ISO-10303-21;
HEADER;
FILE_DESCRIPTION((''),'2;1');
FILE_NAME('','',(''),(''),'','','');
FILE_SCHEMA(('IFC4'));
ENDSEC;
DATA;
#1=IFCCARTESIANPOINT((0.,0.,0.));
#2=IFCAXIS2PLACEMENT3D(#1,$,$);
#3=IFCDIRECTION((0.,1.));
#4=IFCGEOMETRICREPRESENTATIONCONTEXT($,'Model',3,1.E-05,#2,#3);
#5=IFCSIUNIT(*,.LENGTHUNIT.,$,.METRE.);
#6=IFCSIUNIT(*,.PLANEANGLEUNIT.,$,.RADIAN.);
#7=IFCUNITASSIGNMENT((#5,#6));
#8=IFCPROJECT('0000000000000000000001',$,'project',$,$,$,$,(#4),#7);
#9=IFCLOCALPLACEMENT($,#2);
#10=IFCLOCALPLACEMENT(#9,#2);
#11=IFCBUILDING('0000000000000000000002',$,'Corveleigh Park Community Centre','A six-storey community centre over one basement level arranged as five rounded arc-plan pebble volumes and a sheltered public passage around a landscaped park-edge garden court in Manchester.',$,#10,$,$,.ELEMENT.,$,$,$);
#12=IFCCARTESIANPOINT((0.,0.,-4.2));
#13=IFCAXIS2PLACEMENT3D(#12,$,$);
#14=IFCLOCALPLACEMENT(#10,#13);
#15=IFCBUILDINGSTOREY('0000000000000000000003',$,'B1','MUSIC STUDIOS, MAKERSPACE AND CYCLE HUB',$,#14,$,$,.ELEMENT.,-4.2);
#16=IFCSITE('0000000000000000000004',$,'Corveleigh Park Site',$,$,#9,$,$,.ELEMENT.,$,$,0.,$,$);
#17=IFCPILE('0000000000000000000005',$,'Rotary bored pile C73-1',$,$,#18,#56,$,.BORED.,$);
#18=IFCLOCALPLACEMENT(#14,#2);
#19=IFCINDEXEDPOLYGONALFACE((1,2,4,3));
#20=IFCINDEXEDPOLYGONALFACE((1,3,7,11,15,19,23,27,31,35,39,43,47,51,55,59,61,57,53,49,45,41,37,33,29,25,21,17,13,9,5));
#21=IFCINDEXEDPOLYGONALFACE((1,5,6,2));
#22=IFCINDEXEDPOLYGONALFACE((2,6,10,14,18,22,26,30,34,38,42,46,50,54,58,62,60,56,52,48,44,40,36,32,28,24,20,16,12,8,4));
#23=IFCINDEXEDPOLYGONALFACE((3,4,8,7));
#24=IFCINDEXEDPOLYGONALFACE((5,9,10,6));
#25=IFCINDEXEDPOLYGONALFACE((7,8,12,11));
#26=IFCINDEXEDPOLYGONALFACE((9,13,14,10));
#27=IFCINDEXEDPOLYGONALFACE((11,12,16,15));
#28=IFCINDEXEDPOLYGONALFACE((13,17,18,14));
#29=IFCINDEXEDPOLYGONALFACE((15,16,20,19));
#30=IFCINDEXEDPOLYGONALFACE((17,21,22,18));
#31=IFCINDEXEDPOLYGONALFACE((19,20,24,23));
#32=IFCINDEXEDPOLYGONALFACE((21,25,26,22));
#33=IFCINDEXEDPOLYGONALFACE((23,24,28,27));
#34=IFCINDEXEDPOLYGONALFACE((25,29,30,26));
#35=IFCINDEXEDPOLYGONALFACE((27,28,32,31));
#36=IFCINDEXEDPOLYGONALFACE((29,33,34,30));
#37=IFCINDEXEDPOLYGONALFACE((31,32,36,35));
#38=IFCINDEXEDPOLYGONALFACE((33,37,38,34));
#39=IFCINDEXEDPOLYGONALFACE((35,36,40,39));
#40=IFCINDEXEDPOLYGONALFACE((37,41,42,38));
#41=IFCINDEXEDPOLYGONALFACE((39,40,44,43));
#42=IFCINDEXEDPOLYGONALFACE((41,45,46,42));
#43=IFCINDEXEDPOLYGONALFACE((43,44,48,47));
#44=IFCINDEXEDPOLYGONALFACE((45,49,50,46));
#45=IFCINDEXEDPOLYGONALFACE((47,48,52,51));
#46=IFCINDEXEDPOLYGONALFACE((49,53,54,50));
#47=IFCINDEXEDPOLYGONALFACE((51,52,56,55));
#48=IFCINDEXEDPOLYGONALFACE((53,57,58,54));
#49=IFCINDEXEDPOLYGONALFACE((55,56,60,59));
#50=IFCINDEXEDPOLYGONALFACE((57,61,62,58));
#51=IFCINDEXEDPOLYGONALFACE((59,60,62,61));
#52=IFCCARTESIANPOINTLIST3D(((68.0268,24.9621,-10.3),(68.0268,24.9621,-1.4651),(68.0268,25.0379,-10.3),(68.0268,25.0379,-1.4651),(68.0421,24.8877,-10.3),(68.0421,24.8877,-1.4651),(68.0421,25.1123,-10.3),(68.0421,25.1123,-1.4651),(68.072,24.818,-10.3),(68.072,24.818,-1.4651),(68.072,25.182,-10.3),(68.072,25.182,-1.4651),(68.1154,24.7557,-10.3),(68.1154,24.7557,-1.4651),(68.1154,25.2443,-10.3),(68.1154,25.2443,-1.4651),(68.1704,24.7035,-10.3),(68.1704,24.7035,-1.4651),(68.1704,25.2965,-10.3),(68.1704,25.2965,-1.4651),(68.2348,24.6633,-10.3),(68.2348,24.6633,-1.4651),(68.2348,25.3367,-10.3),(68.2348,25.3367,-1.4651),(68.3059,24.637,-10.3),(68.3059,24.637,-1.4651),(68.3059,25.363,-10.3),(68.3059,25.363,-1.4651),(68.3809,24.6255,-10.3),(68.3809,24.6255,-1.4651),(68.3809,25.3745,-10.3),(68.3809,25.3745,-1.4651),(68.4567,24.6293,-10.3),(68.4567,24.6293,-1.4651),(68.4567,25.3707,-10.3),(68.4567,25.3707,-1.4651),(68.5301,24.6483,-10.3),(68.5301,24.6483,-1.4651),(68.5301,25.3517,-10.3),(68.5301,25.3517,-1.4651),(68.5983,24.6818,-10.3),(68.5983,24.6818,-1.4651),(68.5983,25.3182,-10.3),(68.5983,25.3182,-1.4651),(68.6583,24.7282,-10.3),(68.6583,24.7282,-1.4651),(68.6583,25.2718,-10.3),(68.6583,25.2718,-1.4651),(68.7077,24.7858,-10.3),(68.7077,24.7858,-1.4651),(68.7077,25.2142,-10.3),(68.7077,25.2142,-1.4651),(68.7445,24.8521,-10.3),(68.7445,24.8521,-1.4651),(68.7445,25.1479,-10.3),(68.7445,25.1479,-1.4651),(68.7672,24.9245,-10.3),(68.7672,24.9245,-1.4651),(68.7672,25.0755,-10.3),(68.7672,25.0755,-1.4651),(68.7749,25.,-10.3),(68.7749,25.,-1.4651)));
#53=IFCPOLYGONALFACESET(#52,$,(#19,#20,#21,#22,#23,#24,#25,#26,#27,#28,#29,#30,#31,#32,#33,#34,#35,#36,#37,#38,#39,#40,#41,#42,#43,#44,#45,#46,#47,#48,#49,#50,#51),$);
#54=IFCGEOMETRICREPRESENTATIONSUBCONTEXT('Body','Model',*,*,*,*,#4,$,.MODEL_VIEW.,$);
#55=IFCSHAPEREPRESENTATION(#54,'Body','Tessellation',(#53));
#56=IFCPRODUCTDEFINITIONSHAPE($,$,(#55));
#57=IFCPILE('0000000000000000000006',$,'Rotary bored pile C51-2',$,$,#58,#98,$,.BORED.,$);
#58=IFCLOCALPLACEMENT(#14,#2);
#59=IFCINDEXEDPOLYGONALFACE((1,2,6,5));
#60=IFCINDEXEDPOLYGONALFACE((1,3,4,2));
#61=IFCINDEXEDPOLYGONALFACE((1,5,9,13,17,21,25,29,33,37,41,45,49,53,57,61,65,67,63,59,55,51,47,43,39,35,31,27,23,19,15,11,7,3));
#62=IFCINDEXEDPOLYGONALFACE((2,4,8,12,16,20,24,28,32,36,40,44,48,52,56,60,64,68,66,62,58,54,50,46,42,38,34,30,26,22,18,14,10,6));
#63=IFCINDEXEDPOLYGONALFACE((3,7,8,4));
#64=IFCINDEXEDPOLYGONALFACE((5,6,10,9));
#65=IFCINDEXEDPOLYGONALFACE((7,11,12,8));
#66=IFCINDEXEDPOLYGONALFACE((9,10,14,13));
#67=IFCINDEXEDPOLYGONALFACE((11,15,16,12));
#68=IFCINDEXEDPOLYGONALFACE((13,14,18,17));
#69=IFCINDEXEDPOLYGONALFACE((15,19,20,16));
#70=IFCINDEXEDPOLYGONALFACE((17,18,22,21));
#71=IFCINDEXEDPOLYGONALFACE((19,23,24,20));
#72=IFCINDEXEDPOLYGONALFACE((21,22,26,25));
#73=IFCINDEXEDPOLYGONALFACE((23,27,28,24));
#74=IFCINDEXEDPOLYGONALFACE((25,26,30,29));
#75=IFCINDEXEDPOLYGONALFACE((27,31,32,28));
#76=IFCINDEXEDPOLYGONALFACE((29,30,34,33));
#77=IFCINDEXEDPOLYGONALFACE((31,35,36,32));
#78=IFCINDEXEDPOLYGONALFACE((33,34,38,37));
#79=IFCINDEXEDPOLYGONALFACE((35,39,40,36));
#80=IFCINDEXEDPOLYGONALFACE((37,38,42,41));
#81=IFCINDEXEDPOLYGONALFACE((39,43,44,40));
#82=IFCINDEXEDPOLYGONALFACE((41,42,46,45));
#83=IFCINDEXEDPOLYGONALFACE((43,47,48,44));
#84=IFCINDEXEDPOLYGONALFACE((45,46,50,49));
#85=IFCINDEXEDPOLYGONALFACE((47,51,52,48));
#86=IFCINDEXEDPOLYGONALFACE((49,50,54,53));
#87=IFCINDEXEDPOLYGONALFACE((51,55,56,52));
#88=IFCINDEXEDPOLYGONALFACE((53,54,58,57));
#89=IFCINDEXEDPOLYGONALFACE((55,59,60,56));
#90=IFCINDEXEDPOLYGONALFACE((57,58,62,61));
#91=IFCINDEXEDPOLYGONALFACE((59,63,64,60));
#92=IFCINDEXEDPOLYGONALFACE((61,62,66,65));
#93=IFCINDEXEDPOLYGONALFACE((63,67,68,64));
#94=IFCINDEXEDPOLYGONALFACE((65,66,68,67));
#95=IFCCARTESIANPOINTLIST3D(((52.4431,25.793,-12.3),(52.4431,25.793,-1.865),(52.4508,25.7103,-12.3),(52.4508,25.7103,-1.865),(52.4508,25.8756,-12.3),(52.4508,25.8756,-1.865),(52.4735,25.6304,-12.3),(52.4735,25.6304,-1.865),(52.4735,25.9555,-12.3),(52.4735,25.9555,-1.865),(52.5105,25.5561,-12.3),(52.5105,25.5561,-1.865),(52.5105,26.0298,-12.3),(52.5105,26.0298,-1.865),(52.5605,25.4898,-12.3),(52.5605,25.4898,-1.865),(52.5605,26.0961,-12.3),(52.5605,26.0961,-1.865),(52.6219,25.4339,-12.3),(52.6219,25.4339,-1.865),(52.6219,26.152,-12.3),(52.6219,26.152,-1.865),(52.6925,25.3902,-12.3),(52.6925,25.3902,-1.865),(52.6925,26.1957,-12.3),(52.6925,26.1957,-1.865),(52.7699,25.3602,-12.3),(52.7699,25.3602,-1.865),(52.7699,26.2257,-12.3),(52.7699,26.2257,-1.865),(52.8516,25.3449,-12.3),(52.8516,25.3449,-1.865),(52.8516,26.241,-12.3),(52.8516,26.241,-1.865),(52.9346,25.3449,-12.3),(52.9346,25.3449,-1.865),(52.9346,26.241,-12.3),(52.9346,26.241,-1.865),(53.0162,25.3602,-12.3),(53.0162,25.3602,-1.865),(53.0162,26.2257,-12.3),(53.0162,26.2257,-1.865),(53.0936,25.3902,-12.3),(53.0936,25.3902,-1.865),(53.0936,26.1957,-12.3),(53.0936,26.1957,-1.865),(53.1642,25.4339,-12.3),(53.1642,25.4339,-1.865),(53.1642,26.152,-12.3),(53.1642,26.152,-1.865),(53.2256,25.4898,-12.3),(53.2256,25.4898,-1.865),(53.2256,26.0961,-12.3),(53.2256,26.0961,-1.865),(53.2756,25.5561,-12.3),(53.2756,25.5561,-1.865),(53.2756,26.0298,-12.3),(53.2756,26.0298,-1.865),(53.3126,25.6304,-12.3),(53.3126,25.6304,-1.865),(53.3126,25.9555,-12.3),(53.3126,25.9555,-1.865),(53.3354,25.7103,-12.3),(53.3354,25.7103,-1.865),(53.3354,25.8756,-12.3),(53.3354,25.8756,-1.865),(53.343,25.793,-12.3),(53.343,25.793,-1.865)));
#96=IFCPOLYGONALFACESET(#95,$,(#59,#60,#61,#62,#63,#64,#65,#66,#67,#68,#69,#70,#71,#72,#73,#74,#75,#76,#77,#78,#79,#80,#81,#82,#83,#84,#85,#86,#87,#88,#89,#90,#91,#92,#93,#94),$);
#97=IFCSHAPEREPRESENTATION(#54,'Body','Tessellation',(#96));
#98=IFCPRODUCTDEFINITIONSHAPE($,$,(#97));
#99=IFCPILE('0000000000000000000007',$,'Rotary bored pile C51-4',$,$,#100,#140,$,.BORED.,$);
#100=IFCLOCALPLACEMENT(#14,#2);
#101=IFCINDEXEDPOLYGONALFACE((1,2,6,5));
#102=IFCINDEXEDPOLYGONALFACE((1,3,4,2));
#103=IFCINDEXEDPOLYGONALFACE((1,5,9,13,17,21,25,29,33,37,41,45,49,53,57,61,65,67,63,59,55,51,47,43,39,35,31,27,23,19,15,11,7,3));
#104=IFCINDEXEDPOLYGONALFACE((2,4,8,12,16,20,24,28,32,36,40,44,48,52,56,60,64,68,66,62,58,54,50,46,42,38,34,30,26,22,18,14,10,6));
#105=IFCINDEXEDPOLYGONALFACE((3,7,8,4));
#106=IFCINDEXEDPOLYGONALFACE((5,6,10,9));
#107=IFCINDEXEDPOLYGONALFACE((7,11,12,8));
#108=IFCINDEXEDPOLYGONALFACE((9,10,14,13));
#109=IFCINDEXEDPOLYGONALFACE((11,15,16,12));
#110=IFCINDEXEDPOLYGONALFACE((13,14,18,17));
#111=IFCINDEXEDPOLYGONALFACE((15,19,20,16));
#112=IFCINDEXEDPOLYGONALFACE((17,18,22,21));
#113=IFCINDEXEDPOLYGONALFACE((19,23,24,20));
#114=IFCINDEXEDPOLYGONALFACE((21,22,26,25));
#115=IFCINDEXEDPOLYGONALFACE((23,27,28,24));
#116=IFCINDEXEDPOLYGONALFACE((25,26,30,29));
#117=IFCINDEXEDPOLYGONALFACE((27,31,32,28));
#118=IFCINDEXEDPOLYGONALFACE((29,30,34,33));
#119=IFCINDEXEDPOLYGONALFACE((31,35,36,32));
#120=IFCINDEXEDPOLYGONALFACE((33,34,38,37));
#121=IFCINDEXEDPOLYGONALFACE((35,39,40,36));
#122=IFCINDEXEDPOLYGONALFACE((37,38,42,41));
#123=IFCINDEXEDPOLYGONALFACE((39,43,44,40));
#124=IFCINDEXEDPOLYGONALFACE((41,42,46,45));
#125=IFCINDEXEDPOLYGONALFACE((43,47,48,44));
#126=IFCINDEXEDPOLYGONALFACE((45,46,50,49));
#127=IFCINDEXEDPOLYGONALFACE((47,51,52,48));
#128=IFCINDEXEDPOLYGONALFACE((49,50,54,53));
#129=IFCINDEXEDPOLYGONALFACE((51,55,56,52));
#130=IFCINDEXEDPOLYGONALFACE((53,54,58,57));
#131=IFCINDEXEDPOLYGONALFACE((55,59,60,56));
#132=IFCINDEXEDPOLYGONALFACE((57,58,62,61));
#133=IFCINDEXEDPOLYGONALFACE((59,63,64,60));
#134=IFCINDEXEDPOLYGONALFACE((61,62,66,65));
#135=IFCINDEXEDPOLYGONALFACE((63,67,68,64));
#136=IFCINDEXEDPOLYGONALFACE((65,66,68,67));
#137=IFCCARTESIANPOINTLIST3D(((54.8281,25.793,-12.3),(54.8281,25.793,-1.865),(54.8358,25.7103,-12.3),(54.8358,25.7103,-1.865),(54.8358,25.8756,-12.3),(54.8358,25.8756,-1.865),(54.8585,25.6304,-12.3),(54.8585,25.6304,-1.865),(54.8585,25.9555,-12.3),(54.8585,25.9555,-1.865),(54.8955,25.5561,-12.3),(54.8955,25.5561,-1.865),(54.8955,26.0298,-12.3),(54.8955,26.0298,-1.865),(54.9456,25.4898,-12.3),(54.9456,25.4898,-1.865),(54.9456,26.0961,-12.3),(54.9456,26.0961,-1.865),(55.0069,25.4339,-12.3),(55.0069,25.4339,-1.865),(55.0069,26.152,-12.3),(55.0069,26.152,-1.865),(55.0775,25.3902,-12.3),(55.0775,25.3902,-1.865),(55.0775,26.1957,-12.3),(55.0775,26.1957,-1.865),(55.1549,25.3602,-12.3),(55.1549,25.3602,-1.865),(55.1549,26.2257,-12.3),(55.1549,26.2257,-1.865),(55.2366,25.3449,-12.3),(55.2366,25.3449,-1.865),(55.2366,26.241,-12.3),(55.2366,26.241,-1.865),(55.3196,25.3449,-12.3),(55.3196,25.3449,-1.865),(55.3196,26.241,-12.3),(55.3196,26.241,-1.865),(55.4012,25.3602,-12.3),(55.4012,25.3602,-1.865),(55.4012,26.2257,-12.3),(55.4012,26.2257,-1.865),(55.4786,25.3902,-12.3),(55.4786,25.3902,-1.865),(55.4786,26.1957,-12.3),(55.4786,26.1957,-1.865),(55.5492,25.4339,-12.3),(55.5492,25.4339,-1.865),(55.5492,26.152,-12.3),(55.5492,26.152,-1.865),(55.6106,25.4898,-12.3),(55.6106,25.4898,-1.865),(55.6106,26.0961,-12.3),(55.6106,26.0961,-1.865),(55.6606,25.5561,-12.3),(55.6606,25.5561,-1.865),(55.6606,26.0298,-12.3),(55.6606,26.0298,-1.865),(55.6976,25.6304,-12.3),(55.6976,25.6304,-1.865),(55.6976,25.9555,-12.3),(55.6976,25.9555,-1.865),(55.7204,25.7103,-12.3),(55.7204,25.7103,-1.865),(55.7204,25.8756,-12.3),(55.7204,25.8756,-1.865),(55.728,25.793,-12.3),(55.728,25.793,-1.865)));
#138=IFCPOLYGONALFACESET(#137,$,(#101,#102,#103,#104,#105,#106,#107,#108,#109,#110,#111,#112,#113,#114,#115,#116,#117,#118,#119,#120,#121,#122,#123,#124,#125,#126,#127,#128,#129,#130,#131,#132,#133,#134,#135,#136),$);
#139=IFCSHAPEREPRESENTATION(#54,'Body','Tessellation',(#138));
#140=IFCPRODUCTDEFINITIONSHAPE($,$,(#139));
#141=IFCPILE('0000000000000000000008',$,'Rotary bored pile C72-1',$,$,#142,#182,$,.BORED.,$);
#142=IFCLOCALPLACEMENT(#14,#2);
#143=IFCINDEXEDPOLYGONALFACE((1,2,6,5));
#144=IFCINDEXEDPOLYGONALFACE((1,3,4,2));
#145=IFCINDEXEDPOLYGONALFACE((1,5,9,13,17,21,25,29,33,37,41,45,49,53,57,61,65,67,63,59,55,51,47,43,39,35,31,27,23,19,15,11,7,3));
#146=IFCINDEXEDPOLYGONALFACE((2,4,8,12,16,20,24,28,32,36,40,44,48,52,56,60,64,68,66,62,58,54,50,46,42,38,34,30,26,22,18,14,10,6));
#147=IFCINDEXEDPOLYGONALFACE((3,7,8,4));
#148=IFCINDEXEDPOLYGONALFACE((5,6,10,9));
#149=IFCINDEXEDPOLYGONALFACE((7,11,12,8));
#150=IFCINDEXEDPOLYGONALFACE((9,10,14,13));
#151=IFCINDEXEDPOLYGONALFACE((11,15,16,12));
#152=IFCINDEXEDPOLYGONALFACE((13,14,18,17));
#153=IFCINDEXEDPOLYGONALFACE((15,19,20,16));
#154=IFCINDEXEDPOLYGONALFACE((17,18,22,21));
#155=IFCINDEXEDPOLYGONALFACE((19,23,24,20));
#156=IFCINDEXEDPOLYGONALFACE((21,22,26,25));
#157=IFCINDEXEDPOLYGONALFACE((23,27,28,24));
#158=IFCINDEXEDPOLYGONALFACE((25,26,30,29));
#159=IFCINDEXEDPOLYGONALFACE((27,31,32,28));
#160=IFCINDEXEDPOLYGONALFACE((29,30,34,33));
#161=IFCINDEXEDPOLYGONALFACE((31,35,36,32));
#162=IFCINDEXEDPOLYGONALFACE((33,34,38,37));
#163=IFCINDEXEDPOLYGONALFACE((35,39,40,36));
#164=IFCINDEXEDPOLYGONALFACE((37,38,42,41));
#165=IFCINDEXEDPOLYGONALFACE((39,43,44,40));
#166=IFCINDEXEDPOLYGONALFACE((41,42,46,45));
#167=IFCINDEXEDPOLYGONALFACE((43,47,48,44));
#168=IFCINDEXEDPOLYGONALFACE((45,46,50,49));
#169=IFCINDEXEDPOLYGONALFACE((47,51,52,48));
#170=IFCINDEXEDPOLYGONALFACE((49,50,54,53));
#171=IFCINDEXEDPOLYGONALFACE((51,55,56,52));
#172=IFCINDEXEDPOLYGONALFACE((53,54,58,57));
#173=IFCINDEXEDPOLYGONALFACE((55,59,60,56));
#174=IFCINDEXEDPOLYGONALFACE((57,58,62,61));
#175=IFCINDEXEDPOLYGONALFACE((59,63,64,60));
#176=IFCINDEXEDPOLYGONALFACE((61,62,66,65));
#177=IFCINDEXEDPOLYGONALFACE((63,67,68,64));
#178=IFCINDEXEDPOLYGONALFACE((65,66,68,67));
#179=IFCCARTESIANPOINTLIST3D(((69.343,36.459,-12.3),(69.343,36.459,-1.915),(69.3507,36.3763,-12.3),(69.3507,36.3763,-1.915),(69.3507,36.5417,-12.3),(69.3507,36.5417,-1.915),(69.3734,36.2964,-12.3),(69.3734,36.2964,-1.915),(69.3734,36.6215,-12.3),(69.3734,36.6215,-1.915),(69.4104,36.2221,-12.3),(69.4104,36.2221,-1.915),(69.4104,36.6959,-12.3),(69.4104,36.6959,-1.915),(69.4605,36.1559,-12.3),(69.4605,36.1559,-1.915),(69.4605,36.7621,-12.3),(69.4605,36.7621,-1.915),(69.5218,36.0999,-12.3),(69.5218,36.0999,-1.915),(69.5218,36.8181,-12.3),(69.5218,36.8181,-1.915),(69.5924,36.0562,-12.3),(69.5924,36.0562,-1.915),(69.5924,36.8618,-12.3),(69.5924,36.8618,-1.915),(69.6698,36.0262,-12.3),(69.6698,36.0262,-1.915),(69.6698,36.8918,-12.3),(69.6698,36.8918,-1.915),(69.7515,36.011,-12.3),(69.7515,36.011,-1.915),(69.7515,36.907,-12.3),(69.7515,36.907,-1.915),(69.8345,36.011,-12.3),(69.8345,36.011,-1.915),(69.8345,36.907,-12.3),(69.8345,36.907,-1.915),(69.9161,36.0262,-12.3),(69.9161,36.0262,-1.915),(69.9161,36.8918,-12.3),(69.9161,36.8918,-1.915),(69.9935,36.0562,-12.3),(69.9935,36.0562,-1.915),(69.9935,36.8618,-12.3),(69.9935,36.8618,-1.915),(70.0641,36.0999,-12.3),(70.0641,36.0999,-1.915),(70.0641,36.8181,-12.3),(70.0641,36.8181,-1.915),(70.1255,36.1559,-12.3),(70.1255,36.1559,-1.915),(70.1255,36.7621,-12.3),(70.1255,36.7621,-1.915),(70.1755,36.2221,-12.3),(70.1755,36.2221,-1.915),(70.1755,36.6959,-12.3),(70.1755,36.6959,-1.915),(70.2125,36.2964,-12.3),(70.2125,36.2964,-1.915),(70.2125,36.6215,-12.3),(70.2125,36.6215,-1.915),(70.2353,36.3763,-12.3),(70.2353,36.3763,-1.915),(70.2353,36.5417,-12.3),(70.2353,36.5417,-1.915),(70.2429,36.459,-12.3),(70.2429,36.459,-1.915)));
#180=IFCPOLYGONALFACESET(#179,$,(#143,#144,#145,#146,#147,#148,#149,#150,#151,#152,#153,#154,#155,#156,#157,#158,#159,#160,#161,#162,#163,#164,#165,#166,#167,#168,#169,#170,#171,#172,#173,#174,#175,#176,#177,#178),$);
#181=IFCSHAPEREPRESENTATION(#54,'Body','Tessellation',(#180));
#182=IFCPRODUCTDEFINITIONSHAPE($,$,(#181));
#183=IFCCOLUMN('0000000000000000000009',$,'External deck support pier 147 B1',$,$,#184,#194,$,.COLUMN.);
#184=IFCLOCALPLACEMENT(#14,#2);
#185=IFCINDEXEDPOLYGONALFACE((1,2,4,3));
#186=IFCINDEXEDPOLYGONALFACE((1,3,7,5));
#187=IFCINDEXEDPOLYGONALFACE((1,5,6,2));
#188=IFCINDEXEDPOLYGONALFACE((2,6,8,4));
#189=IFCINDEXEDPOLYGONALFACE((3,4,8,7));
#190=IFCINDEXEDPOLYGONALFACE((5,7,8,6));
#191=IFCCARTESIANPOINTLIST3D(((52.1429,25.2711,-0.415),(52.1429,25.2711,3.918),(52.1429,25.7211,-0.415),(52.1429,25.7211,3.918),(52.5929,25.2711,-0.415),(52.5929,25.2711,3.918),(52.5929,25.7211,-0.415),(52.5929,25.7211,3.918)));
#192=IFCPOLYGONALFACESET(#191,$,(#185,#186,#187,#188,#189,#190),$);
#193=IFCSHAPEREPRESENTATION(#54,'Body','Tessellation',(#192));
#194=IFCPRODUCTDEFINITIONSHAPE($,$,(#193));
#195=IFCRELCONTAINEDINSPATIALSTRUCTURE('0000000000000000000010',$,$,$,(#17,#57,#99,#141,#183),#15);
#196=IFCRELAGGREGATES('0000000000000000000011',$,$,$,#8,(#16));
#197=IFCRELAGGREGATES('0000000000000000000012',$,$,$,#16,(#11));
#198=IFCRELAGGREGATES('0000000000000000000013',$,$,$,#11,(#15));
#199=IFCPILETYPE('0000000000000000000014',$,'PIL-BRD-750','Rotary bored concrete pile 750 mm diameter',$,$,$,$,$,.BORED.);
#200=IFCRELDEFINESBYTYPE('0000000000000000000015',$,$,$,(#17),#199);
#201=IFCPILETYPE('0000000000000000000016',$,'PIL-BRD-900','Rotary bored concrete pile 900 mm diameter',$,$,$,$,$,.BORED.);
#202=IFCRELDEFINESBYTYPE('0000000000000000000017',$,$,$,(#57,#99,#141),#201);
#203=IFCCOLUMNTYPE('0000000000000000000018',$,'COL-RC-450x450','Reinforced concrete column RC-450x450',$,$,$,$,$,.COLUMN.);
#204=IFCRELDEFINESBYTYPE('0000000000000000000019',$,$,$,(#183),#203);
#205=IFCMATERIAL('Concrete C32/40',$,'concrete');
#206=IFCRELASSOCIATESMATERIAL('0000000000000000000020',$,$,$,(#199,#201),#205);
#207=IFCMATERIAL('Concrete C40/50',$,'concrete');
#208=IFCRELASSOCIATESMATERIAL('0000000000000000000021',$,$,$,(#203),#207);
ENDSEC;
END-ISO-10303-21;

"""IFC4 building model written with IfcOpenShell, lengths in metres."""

from ifc_helpers import new_model, si_unit, direction, frame, origin, origin_2d, place, context, subcontext, project, spatial, rectangle, circle, extrude, material, material_profile, profile_set, type_object, element, save


model = new_model("IFC4")

# Units and contexts
model_context = context("Model", 3, precision=1e-05, world=origin(), true_north=direction((0.0, 1.0)))
body_context = subcontext(model_context, "Body", "Model", "MODEL_VIEW")
ifc_project = project(units=[si_unit("LENGTHUNIT", "METRE"), si_unit("PLANEANGLEUNIT", "RADIAN")], contexts=[model_context])

# Site, building, storey
site_placement = place(None, origin())
site = spatial("IfcSite", under=ifc_project, at=site_placement, Name="Corveleigh Park Site", CompositionType="ELEMENT", RefElevation=0.0)
building_placement = place(site_placement, origin())
building = spatial("IfcBuilding", under=site, at=building_placement, Name="Corveleigh Park Community Centre", Description="A six-storey community centre over one basement level arranged as five rounded arc-plan pebble volumes and a sheltered public passage around a landscaped park-edge garden court in Manchester.", CompositionType="ELEMENT")
storey_placement = place(building_placement, frame((0.0, 0.0, -4.2)))
storey = spatial("IfcBuildingStorey", under=building, at=storey_placement, Name="B1", Description="MUSIC STUDIOS, MAKERSPACE AND CYCLE HUB", CompositionType="ELEMENT", Elevation=-4.2)

# Shared definitions
ifc_material_1 = material(Name="Concrete C40/50", Category="concrete")

# Piles
ifc_material_2 = material(Name="Concrete C32/40", Category="concrete")
ifc_material_profile_1 = material_profile(ifc_material_2, circle(Radius=0.375, at=origin_2d()), Name="BORED-PILE-750", Category="concrete")
ifc_profile_set_1 = profile_set([ifc_material_profile_1], Name="Concrete C32/40")
pile_type_1 = type_object("IfcPileType", Name="PIL-BRD-750", Description="Rotary bored concrete pile 750 mm diameter", PredefinedType="BORED", material=ifc_profile_set_1)
for number, where, z_axis, x_axis, name in (
    (1, (68.3999, 25.0, -1.4651), (0.0, 0.0, -1.0), (1.0, 0.0, 0.0), "Rotary bored pile C73-1"),
):
    element("IfcPile", number, at=place(storey_placement, frame(where, z_axis=z_axis, x_axis=x_axis)), inside=storey, type_object=pile_type_1, Name=name, PredefinedType="BORED", context=body_context, shape_type="SweptSolid", body=[
        extrude(circle(Radius=0.375, at=origin_2d()), origin(), (0.0, 0.0, 1.0), 8.835),
    ])
ifc_material_profile_2 = material_profile(ifc_material_2, circle(Radius=0.45, at=origin_2d()), Name="BORED-PILE-900", Category="concrete")
ifc_profile_set_2 = profile_set([ifc_material_profile_2], Name="Concrete C32/40")
pile_type_2 = type_object("IfcPileType", Name="PIL-BRD-900", Description="Rotary bored concrete pile 900 mm diameter", PredefinedType="BORED", material=ifc_profile_set_2)
for number, where, z_axis, x_axis, name in (
    (2, (52.8931, 25.793, -1.865), (0.0, 0.0, -1.0), (1.0, 0.0, 0.0), "Rotary bored pile C51-2"),
    (3, (55.2781, 25.793, -1.865), (0.0, 0.0, -1.0), (1.0, 0.0, 0.0), "Rotary bored pile C51-4"),
):
    element("IfcPile", number, at=place(storey_placement, frame(where, z_axis=z_axis, x_axis=x_axis)), inside=storey, type_object=pile_type_2, Name=name, PredefinedType="BORED", context=body_context, shape_type="SweptSolid", body=[
        extrude(circle(Radius=0.45, at=origin_2d()), origin(), (0.0, 0.0, 1.0), 10.4351),
    ])
pile_placement = place(storey_placement, frame((69.793, 36.459, -1.915), z_axis=(0.0, 0.0, -1.0), x_axis=(1.0, 0.0, 0.0)))
element("IfcPile", 4, at=pile_placement, inside=storey, type_object=pile_type_2, Name="Rotary bored pile C72-1", PredefinedType="BORED", context=body_context, shape_type="SweptSolid", body=[
    extrude(circle(Radius=0.45, at=origin_2d()), origin(), (0.0, 0.0, 1.0), 10.385),
])

# Column
ifc_material_profile_3 = material_profile(ifc_material_1, rectangle(XDim=0.45, YDim=0.45, at=origin_2d()), Name="RC-450x450", Category="concrete")
ifc_profile_set_3 = profile_set([ifc_material_profile_3], Name="Concrete C40/50")
column_type_1 = type_object("IfcColumnType", Name="COL-RC-450x450", Description="Reinforced concrete column RC-450x450", PredefinedType="COLUMN", material=ifc_profile_set_3)
for number, where, z_axis, x_axis, name in (
    (5, (52.3679, 25.4961, -0.415), (0.0, 0.0, 1.0), (1.0, 0.0, 0.0), "External deck support pier 147 B1"),
):
    element("IfcColumn", number, at=place(storey_placement, frame(where, z_axis=z_axis, x_axis=x_axis)), inside=storey, type_object=column_type_1, Name=name, PredefinedType="COLUMN", context=body_context, shape_type="SweptSolid", body=[
        extrude(rectangle(XDim=0.45, YDim=0.45, at=origin_2d()), origin(), (0.0, 0.0, 1.0), 4.333),
    ])

save(model, "model.ifc")
